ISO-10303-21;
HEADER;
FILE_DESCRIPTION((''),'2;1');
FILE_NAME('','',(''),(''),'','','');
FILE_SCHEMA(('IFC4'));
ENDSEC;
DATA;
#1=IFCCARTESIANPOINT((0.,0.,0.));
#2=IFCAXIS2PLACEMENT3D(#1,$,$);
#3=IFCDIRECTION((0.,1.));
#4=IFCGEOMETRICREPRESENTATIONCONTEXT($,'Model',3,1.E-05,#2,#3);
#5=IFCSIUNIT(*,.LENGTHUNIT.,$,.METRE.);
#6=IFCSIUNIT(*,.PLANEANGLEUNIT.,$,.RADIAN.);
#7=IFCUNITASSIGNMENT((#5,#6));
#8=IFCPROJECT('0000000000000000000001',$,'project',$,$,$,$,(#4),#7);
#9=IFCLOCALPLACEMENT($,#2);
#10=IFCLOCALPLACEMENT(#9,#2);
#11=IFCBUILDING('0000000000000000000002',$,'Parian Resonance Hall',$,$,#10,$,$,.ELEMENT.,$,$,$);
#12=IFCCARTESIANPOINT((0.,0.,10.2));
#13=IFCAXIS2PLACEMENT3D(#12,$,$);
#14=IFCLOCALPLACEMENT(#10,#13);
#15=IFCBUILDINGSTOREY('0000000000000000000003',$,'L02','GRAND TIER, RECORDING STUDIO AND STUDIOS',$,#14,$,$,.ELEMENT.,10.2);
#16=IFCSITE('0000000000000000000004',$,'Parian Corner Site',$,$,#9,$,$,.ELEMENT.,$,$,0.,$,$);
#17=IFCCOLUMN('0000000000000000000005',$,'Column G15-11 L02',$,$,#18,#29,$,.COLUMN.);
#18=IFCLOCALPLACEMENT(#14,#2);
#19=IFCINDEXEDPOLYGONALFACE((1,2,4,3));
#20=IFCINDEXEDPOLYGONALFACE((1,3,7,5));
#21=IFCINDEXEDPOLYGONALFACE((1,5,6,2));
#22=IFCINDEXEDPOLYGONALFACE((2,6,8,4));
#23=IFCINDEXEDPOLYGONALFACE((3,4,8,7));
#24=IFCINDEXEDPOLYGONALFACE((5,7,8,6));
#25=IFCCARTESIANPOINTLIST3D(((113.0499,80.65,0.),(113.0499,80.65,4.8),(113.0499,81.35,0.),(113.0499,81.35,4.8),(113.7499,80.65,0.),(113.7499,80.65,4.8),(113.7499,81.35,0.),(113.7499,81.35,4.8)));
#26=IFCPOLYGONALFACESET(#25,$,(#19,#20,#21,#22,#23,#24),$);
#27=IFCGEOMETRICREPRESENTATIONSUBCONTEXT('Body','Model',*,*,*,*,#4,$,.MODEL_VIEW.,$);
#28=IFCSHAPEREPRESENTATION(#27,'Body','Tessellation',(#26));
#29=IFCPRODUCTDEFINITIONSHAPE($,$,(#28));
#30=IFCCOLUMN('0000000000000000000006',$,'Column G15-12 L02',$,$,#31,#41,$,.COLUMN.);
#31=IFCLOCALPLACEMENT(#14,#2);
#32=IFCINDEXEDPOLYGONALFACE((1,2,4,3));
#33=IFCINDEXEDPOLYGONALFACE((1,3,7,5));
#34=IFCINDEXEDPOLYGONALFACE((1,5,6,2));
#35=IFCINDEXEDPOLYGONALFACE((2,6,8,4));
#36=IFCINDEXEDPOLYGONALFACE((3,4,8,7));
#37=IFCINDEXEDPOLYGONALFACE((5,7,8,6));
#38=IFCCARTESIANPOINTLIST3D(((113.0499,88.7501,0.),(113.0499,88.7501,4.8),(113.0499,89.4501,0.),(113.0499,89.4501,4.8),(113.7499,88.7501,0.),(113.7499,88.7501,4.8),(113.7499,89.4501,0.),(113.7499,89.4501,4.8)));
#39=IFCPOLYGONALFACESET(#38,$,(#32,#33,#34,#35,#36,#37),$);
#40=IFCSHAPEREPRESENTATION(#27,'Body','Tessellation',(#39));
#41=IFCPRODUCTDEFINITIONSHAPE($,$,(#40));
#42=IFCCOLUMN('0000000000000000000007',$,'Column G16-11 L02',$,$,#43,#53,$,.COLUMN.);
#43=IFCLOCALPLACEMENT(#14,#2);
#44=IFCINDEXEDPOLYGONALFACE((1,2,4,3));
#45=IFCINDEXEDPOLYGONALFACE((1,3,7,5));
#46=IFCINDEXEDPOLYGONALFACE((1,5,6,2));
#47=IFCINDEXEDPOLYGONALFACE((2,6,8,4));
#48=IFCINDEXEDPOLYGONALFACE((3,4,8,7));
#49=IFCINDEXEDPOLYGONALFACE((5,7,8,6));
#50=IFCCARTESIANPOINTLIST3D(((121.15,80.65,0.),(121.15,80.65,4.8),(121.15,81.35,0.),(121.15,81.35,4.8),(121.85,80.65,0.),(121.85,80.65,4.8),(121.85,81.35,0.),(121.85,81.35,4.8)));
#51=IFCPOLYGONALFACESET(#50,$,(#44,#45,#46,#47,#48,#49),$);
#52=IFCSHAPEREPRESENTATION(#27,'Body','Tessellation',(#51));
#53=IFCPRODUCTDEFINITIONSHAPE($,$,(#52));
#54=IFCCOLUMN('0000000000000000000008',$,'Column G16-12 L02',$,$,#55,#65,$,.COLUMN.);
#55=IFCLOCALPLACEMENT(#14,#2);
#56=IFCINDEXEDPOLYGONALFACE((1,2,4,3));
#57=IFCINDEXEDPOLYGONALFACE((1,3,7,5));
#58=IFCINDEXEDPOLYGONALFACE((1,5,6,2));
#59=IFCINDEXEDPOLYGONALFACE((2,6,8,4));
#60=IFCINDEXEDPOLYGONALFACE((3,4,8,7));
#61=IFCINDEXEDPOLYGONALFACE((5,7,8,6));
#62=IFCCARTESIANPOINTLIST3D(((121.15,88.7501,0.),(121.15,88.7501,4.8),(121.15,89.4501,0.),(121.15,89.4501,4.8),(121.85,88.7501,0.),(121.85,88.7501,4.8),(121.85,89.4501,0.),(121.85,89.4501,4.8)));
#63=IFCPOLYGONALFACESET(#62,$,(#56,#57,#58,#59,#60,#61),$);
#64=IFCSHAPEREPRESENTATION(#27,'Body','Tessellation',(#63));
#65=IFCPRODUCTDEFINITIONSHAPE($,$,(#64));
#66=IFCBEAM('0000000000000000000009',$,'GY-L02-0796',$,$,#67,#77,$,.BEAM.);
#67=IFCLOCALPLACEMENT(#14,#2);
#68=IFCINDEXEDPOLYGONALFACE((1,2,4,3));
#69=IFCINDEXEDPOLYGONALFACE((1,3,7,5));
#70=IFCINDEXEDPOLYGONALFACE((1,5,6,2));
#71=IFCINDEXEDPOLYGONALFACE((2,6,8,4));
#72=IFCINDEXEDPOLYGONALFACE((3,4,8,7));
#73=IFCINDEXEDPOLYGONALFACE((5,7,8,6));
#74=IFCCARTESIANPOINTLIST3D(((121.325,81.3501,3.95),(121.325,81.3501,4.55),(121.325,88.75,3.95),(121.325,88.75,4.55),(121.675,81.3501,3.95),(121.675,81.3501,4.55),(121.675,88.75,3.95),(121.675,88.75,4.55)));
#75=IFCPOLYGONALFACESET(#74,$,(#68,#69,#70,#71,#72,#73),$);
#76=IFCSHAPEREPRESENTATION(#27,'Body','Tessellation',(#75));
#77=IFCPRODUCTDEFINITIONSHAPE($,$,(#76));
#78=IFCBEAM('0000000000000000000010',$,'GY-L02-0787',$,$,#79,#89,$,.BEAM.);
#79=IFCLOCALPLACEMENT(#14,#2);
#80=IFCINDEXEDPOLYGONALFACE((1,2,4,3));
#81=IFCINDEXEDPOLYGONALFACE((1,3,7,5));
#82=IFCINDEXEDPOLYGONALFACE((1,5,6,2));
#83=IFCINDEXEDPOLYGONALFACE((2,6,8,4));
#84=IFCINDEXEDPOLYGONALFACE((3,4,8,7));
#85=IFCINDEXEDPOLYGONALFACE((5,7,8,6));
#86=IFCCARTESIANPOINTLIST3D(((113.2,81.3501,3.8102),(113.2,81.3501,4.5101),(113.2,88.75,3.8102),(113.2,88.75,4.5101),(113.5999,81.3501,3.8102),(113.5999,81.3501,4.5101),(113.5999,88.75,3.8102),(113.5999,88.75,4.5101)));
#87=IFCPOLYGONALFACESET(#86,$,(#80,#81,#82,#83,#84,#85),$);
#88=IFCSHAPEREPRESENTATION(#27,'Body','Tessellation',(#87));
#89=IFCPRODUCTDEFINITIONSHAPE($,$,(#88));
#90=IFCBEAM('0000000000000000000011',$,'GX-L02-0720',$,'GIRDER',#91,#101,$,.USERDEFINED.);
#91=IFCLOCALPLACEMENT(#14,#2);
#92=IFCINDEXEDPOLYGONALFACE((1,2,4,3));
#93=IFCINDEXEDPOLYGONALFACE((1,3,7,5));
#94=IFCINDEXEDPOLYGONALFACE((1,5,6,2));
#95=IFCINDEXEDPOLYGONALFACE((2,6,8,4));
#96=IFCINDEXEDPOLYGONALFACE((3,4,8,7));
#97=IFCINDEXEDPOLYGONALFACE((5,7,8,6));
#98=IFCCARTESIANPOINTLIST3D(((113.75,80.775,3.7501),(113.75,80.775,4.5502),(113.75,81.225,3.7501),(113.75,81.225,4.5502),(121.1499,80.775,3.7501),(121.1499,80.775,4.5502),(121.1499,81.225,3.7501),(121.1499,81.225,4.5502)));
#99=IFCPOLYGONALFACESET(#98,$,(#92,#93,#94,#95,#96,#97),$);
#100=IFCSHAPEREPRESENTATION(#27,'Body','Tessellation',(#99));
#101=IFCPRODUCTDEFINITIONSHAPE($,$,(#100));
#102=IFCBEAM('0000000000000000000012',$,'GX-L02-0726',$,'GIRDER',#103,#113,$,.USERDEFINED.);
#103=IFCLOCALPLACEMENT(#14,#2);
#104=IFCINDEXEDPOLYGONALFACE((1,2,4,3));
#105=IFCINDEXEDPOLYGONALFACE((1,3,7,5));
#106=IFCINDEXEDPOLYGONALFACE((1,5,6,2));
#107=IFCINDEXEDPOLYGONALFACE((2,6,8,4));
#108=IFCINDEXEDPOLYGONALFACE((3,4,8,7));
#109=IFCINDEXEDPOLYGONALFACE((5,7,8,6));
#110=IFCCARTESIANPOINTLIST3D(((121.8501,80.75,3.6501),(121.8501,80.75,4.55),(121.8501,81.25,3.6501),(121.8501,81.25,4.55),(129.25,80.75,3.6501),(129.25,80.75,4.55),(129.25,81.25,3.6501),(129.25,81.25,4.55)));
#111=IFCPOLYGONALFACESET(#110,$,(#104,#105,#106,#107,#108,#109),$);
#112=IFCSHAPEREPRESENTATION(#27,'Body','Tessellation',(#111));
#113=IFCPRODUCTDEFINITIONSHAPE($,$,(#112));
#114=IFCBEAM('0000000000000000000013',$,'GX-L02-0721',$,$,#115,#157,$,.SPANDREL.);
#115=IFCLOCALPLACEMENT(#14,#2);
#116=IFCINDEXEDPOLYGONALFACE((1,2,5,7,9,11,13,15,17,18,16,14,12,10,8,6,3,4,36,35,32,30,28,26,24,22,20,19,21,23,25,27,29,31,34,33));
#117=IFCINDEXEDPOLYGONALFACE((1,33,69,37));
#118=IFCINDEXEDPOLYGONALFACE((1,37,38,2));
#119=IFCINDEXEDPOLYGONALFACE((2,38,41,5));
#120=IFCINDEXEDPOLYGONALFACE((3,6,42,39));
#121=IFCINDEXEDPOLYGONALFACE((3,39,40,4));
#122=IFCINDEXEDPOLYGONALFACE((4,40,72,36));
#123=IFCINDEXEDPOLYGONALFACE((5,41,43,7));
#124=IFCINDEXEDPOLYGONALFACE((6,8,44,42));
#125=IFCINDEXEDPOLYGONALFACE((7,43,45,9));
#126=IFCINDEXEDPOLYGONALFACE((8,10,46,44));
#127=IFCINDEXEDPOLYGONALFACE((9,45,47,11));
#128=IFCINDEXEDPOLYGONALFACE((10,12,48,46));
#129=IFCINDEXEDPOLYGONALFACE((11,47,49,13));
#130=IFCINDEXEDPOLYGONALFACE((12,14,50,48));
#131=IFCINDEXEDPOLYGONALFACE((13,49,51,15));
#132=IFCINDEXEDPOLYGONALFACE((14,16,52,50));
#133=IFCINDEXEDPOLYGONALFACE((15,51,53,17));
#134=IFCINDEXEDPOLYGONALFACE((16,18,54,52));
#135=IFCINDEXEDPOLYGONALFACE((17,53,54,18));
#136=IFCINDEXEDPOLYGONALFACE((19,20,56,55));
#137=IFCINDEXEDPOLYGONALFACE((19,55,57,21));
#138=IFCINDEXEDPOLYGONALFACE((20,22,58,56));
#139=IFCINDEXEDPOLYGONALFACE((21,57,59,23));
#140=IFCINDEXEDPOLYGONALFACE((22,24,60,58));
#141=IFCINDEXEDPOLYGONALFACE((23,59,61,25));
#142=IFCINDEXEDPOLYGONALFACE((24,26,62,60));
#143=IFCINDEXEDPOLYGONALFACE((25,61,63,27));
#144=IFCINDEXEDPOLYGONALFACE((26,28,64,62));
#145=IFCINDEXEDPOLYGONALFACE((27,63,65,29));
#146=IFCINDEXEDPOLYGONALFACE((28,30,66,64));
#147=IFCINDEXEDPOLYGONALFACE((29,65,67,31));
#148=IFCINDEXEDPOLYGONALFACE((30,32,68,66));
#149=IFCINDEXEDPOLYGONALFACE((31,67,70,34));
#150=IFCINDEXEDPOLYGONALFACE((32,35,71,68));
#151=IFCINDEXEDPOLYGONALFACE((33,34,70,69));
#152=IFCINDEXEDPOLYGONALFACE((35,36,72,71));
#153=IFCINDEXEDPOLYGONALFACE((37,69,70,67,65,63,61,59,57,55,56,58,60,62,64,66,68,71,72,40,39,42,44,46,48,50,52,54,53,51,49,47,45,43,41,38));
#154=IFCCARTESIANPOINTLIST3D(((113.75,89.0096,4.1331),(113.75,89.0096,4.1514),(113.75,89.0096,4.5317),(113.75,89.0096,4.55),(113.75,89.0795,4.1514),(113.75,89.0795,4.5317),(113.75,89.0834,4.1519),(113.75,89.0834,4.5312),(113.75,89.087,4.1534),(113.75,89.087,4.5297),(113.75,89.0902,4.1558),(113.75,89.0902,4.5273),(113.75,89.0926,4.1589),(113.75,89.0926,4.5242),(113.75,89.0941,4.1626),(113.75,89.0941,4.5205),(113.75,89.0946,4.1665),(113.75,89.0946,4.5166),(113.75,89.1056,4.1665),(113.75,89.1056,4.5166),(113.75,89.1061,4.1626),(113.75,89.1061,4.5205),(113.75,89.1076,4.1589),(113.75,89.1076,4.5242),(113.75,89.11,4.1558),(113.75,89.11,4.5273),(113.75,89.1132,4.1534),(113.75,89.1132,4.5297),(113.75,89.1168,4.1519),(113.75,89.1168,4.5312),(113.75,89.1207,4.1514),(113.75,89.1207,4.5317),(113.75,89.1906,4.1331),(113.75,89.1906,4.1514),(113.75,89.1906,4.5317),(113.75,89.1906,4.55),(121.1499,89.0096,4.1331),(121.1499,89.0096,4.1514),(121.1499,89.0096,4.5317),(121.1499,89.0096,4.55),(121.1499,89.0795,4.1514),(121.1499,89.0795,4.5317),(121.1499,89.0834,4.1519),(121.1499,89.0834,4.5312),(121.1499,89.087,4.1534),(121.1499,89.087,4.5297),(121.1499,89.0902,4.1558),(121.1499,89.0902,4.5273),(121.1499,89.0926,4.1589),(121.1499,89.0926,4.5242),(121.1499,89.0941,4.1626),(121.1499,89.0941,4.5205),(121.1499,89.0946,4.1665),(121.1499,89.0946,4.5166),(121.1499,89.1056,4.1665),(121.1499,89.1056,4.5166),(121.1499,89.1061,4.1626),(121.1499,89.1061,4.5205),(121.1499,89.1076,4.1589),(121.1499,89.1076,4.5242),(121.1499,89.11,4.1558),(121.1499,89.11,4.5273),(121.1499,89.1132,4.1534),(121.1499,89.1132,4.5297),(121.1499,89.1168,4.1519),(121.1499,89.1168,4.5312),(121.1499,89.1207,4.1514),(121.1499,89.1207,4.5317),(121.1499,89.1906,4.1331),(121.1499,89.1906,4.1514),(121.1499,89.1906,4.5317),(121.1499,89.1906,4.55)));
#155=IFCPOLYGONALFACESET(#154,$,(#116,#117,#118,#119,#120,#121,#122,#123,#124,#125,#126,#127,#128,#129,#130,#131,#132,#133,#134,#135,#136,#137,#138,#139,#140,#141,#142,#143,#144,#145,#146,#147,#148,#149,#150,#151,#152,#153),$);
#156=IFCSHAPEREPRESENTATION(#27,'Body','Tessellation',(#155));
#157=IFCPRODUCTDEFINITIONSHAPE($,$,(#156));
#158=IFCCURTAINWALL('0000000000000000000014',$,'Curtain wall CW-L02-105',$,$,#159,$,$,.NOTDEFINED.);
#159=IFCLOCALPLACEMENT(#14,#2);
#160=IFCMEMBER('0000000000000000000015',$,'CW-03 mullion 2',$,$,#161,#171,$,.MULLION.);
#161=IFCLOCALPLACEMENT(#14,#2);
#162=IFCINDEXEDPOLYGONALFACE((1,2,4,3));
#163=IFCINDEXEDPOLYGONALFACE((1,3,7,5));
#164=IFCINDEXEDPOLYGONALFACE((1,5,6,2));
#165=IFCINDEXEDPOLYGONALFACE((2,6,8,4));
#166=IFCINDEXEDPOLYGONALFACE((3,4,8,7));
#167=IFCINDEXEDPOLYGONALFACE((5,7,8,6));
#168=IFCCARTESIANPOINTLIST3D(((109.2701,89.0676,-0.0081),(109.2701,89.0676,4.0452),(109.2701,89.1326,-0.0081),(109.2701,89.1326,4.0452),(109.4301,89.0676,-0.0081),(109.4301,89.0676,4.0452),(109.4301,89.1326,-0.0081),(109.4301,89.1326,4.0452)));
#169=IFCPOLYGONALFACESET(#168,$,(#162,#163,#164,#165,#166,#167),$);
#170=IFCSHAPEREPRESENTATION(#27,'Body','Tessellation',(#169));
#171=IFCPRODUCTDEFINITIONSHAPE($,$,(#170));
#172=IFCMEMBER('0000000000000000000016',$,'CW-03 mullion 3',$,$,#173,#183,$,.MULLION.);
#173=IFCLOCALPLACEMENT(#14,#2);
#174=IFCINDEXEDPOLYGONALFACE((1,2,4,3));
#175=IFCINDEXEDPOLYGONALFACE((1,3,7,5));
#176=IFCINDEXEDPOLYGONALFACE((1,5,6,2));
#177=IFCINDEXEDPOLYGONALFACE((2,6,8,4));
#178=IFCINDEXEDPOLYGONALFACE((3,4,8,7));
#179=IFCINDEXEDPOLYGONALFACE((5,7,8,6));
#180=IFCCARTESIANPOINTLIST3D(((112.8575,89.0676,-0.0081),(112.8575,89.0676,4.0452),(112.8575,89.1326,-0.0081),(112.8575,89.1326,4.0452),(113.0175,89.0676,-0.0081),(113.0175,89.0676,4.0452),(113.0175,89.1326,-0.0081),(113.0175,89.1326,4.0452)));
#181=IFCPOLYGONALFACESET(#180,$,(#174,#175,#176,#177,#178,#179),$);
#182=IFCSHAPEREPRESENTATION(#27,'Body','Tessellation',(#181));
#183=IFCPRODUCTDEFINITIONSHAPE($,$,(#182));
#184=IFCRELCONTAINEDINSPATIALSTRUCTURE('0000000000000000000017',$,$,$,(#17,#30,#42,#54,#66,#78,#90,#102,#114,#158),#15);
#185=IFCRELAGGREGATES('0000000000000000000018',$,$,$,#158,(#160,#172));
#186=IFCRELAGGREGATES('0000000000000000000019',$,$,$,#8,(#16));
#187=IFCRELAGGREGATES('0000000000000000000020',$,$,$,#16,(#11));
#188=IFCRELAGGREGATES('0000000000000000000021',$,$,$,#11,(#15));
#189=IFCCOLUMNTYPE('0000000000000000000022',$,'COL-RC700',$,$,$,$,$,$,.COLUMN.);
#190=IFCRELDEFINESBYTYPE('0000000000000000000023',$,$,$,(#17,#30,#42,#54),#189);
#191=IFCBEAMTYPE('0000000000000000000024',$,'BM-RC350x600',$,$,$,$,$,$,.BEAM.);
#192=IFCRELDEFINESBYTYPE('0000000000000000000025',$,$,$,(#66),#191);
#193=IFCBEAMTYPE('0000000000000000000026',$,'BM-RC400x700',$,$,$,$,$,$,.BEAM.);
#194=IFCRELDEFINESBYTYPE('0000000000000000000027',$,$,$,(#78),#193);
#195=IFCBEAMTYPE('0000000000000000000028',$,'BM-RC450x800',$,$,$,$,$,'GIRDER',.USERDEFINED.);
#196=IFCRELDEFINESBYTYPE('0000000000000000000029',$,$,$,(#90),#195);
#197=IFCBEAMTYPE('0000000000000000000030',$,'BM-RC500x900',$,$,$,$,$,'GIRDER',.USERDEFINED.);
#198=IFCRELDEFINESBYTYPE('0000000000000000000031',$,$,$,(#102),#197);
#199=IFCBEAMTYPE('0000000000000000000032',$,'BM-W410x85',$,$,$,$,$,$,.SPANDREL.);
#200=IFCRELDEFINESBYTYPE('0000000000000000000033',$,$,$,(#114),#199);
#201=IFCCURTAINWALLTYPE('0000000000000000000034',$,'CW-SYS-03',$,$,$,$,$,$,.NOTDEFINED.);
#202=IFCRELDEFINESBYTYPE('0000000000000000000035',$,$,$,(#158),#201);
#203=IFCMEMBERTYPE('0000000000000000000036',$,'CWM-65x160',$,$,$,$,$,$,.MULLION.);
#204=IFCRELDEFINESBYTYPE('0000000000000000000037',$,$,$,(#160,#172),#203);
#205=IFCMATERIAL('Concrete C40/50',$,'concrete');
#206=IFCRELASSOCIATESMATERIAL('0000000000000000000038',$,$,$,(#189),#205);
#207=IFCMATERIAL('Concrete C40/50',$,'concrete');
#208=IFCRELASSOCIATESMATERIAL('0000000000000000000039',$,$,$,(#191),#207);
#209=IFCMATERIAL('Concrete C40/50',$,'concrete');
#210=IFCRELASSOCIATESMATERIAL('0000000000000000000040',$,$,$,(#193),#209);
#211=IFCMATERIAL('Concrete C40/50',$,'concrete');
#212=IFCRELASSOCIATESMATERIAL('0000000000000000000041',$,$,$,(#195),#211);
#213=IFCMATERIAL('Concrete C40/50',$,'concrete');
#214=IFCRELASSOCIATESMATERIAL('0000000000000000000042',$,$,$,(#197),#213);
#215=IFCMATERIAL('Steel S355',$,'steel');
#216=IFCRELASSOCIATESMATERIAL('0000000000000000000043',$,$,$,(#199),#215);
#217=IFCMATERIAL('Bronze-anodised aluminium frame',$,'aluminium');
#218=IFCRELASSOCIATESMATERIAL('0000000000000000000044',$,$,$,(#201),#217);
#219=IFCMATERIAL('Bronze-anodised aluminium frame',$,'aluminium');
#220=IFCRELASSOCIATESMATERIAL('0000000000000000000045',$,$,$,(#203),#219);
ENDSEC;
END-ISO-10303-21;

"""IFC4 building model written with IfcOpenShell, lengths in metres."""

from ifc_helpers import new_model, si_unit, direction, frame, origin, origin_2d, place, context, subcontext, project, spatial, rectangle, i_section, extrude, material, material_profile, profile_set, type_object, element, aggregate, save


model = new_model("IFC4")

# Units and contexts
model_context = context("Model", 3, precision=1e-05, world=origin(), true_north=direction((0.0, 1.0)))
body_context = subcontext(model_context, "Body", "Model", "MODEL_VIEW")
ifc_project = project(units=[si_unit("LENGTHUNIT", "METRE"), si_unit("PLANEANGLEUNIT", "RADIAN")], contexts=[model_context])

# Site, building, storey
site_placement = place(None, origin())
site = spatial("IfcSite", under=ifc_project, at=site_placement, Name="Parian Corner Site", CompositionType="ELEMENT", RefElevation=0.0)
building_placement = place(site_placement, origin())
building = spatial("IfcBuilding", under=site, at=building_placement, Name="Parian Resonance Hall", CompositionType="ELEMENT")
storey_placement = place(building_placement, frame((0.0, 0.0, 10.2)))
storey = spatial("IfcBuildingStorey", under=building, at=storey_placement, Name="L02", Description="GRAND TIER, RECORDING STUDIO AND STUDIOS", CompositionType="ELEMENT", Elevation=10.2)

# Columns
ifc_material_1 = material(Name="Concrete C40/50", Category="concrete")
ifc_material_profile_1 = material_profile(ifc_material_1, rectangle(XDim=0.7, YDim=0.7, at=origin_2d()), Name="RC-COL-700x700")
ifc_profile_set_1 = profile_set([ifc_material_profile_1], Name="Concrete C40/50")
column_type = type_object("IfcColumnType", Name="COL-RC700", PredefinedType="COLUMN", material=ifc_profile_set_1)
for number, where, z_axis, x_axis, name in (
    (1, (113.3999, 81.0, 0.0), (0.0, 0.0, 1.0), (1.0, 0.0, 0.0), "Column G15-11 L02"),
    (2, (113.3999, 89.1001, 0.0), (0.0, 0.0, 1.0), (1.0, 0.0, 0.0), "Column G15-12 L02"),
    (3, (121.5, 81.0, 0.0), (0.0, 0.0, 1.0), (1.0, 0.0, 0.0), "Column G16-11 L02"),
    (4, (121.5, 89.1001, 0.0), (0.0, 0.0, 1.0), (1.0, 0.0, 0.0), "Column G16-12 L02"),
):
    element("IfcColumn", number, at=place(storey_placement, frame(where, z_axis=z_axis, x_axis=x_axis)), inside=storey, type_object=column_type, Name=name, PredefinedType="COLUMN", context=body_context, shape_type="SweptSolid", body=[
        extrude(rectangle(XDim=0.7, YDim=0.7, at=origin_2d()), origin(), (0.0, 0.0, 1.0), 4.8),
    ])

# Beams
ifc_material_2 = material(Name="Concrete C40/50", Category="concrete")
ifc_material_profile_2 = material_profile(ifc_material_2, rectangle(XDim=0.3501, YDim=0.6001, at=origin_2d()), Name="RC-BM-350x600")
ifc_profile_set_2 = profile_set([ifc_material_profile_2], Name="Concrete C40/50")
beam_type_1 = type_object("IfcBeamType", Name="BM-RC350x600", PredefinedType="BEAM", material=ifc_profile_set_2)
beam_1_placement = place(storey_placement, frame((121.5, 81.3501, 4.25), z_axis=(0.0, 1.0, 0.0), x_axis=(-1.0, 0.0, 0.0)))
element("IfcBeam", 5, at=beam_1_placement, inside=storey, type_object=beam_type_1, Name="GY-L02-0796", PredefinedType="BEAM", context=body_context, shape_type="SweptSolid", body=[
    extrude(rectangle(XDim=0.3501, YDim=0.6001, at=origin_2d()), origin(), (0.0, 0.0, 1.0), 7.3999),
])
ifc_material_3 = material(Name="Concrete C40/50", Category="concrete")
ifc_material_profile_3 = material_profile(ifc_material_3, rectangle(XDim=0.3999, YDim=0.7, at=origin_2d()), Name="RC-BM-400x700")
ifc_profile_set_3 = profile_set([ifc_material_profile_3], Name="Concrete C40/50")
beam_type_2 = type_object("IfcBeamType", Name="BM-RC400x700", PredefinedType="BEAM", material=ifc_profile_set_3)
beam_2_placement = place(storey_placement, frame((113.3999, 81.3501, 4.1602), z_axis=(0.0, 1.0, 0.0), x_axis=(-1.0, 0.0, 0.0)))
element("IfcBeam", 6, at=beam_2_placement, inside=storey, type_object=beam_type_2, Name="GY-L02-0787", PredefinedType="BEAM", context=body_context, shape_type="SweptSolid", body=[
    extrude(rectangle(XDim=0.3999, YDim=0.7, at=origin_2d()), origin(), (0.0, 0.0, 1.0), 7.3999),
])
ifc_material_4 = material(Name="Concrete C40/50", Category="concrete")
ifc_material_profile_4 = material_profile(ifc_material_4, rectangle(XDim=0.45, YDim=0.8, at=origin_2d()), Name="RC-BM-450x800")
ifc_profile_set_4 = profile_set([ifc_material_profile_4], Name="Concrete C40/50")
beam_type_3 = type_object("IfcBeamType", Name="BM-RC450x800", ElementType="GIRDER", PredefinedType="USERDEFINED", material=ifc_profile_set_4)
beam_3_placement = place(storey_placement, frame((113.75, 81.0, 4.1501), z_axis=(1.0, 0.0, 0.0), x_axis=(0.0, 1.0, 0.0)))
element("IfcBeam", 7, at=beam_3_placement, inside=storey, type_object=beam_type_3, Name="GX-L02-0720", ObjectType="GIRDER", PredefinedType="USERDEFINED", context=body_context, shape_type="SweptSolid", body=[
    extrude(rectangle(XDim=0.45, YDim=0.8, at=origin_2d()), origin(), (0.0, 0.0, 1.0), 7.3999),
])
ifc_material_5 = material(Name="Concrete C40/50", Category="concrete")
ifc_material_profile_5 = material_profile(ifc_material_5, rectangle(XDim=0.5, YDim=0.8999, at=origin_2d()), Name="RC-BM-500x900")
ifc_profile_set_5 = profile_set([ifc_material_profile_5], Name="Concrete C40/50")
beam_type_4 = type_object("IfcBeamType", Name="BM-RC500x900", ElementType="GIRDER", PredefinedType="USERDEFINED", material=ifc_profile_set_5)
beam_4_placement = place(storey_placement, frame((121.8501, 81.0, 4.1001), z_axis=(1.0, 0.0, 0.0), x_axis=(0.0, 1.0, 0.0)))
element("IfcBeam", 8, at=beam_4_placement, inside=storey, type_object=beam_type_4, Name="GX-L02-0726", ObjectType="GIRDER", PredefinedType="USERDEFINED", context=body_context, shape_type="SweptSolid", body=[
    extrude(rectangle(XDim=0.5, YDim=0.8999, at=origin_2d()), origin(), (0.0, 0.0, 1.0), 7.3999),
])
ifc_material_6 = material(Name="Steel S355", Category="steel")
ifc_material_profile_6 = material_profile(ifc_material_6, i_section(OverallWidth=0.1809, OverallDepth=0.417, WebThickness=0.011, FlangeThickness=0.0183, FilletRadius=0.0151, at=origin_2d()), Name="W410x85")
ifc_profile_set_6 = profile_set([ifc_material_profile_6], Name="Steel S355")
beam_type_5 = type_object("IfcBeamType", Name="BM-W410x85", PredefinedType="SPANDREL", material=ifc_profile_set_6)
beam_5_placement = place(storey_placement, frame((113.75, 89.1001, 4.3416), z_axis=(1.0, 0.0, 0.0), x_axis=(0.0, 1.0, 0.0)))
element("IfcBeam", 9, at=beam_5_placement, inside=storey, type_object=beam_type_5, Name="GX-L02-0721", PredefinedType="SPANDREL", context=body_context, shape_type="SweptSolid", body=[
    extrude(i_section(OverallWidth=0.1809, OverallDepth=0.417, WebThickness=0.011, FlangeThickness=0.0183, FilletRadius=0.0151, at=origin_2d()), origin(), (0.0, 0.0, 1.0), 7.3999),
])

# Curtain wall, members
ifc_material_7 = material(Name="Bronze-anodised aluminium frame", Category="aluminium")
curtain_wall_type = type_object("IfcCurtainWallType", Name="CW-SYS-03", PredefinedType="NOTDEFINED", material=ifc_material_7)
curtain_wall_placement = place(storey_placement, origin())
curtain_wall = element("IfcCurtainWall", 10, at=curtain_wall_placement, inside=storey, type_object=curtain_wall_type, Name="Curtain wall CW-L02-105", PredefinedType="NOTDEFINED")
ifc_material_8 = material(Name="Bronze-anodised aluminium frame", Category="aluminium")
ifc_material_profile_7 = material_profile(ifc_material_8, rectangle(XDim=0.0649, YDim=0.1599, at=origin_2d()), Name="CWM-65x160")
ifc_profile_set_7 = profile_set([ifc_material_profile_7], Name="Bronze-anodised aluminium frame")
member_type_1 = type_object("IfcMemberType", Name="CWM-65x160", PredefinedType="MULLION", material=ifc_profile_set_7)
member_1_placement = place(storey_placement, frame((109.3501, 89.1001, -0.0081), z_axis=(0.0, 0.0, 1.0), x_axis=(0.0, 1.0, 0.0)))
member_1 = element("IfcMember", 11, at=member_1_placement, type_object=member_type_1, Name="CW-03 mullion 2", PredefinedType="MULLION", context=body_context, shape_type="SweptSolid", body=[
    extrude(rectangle(XDim=0.0649, YDim=0.1599, at=origin_2d()), origin(), (0.0, 0.0, 1.0), 4.0532),
])
member_2_placement = place(storey_placement, frame((112.9375, 89.1001, -0.0081), z_axis=(0.0, 0.0, 1.0), x_axis=(0.0, 1.0, 0.0)))
member_2 = element("IfcMember", 12, at=member_2_placement, type_object=member_type_1, Name="CW-03 mullion 3", PredefinedType="MULLION", context=body_context, shape_type="SweptSolid", body=[
    extrude(rectangle(XDim=0.0649, YDim=0.1599, at=origin_2d()), origin(), (0.0, 0.0, 1.0), 4.0532),
])
aggregate(curtain_wall, [member_1, member_2])

save(model, "model.ifc")
